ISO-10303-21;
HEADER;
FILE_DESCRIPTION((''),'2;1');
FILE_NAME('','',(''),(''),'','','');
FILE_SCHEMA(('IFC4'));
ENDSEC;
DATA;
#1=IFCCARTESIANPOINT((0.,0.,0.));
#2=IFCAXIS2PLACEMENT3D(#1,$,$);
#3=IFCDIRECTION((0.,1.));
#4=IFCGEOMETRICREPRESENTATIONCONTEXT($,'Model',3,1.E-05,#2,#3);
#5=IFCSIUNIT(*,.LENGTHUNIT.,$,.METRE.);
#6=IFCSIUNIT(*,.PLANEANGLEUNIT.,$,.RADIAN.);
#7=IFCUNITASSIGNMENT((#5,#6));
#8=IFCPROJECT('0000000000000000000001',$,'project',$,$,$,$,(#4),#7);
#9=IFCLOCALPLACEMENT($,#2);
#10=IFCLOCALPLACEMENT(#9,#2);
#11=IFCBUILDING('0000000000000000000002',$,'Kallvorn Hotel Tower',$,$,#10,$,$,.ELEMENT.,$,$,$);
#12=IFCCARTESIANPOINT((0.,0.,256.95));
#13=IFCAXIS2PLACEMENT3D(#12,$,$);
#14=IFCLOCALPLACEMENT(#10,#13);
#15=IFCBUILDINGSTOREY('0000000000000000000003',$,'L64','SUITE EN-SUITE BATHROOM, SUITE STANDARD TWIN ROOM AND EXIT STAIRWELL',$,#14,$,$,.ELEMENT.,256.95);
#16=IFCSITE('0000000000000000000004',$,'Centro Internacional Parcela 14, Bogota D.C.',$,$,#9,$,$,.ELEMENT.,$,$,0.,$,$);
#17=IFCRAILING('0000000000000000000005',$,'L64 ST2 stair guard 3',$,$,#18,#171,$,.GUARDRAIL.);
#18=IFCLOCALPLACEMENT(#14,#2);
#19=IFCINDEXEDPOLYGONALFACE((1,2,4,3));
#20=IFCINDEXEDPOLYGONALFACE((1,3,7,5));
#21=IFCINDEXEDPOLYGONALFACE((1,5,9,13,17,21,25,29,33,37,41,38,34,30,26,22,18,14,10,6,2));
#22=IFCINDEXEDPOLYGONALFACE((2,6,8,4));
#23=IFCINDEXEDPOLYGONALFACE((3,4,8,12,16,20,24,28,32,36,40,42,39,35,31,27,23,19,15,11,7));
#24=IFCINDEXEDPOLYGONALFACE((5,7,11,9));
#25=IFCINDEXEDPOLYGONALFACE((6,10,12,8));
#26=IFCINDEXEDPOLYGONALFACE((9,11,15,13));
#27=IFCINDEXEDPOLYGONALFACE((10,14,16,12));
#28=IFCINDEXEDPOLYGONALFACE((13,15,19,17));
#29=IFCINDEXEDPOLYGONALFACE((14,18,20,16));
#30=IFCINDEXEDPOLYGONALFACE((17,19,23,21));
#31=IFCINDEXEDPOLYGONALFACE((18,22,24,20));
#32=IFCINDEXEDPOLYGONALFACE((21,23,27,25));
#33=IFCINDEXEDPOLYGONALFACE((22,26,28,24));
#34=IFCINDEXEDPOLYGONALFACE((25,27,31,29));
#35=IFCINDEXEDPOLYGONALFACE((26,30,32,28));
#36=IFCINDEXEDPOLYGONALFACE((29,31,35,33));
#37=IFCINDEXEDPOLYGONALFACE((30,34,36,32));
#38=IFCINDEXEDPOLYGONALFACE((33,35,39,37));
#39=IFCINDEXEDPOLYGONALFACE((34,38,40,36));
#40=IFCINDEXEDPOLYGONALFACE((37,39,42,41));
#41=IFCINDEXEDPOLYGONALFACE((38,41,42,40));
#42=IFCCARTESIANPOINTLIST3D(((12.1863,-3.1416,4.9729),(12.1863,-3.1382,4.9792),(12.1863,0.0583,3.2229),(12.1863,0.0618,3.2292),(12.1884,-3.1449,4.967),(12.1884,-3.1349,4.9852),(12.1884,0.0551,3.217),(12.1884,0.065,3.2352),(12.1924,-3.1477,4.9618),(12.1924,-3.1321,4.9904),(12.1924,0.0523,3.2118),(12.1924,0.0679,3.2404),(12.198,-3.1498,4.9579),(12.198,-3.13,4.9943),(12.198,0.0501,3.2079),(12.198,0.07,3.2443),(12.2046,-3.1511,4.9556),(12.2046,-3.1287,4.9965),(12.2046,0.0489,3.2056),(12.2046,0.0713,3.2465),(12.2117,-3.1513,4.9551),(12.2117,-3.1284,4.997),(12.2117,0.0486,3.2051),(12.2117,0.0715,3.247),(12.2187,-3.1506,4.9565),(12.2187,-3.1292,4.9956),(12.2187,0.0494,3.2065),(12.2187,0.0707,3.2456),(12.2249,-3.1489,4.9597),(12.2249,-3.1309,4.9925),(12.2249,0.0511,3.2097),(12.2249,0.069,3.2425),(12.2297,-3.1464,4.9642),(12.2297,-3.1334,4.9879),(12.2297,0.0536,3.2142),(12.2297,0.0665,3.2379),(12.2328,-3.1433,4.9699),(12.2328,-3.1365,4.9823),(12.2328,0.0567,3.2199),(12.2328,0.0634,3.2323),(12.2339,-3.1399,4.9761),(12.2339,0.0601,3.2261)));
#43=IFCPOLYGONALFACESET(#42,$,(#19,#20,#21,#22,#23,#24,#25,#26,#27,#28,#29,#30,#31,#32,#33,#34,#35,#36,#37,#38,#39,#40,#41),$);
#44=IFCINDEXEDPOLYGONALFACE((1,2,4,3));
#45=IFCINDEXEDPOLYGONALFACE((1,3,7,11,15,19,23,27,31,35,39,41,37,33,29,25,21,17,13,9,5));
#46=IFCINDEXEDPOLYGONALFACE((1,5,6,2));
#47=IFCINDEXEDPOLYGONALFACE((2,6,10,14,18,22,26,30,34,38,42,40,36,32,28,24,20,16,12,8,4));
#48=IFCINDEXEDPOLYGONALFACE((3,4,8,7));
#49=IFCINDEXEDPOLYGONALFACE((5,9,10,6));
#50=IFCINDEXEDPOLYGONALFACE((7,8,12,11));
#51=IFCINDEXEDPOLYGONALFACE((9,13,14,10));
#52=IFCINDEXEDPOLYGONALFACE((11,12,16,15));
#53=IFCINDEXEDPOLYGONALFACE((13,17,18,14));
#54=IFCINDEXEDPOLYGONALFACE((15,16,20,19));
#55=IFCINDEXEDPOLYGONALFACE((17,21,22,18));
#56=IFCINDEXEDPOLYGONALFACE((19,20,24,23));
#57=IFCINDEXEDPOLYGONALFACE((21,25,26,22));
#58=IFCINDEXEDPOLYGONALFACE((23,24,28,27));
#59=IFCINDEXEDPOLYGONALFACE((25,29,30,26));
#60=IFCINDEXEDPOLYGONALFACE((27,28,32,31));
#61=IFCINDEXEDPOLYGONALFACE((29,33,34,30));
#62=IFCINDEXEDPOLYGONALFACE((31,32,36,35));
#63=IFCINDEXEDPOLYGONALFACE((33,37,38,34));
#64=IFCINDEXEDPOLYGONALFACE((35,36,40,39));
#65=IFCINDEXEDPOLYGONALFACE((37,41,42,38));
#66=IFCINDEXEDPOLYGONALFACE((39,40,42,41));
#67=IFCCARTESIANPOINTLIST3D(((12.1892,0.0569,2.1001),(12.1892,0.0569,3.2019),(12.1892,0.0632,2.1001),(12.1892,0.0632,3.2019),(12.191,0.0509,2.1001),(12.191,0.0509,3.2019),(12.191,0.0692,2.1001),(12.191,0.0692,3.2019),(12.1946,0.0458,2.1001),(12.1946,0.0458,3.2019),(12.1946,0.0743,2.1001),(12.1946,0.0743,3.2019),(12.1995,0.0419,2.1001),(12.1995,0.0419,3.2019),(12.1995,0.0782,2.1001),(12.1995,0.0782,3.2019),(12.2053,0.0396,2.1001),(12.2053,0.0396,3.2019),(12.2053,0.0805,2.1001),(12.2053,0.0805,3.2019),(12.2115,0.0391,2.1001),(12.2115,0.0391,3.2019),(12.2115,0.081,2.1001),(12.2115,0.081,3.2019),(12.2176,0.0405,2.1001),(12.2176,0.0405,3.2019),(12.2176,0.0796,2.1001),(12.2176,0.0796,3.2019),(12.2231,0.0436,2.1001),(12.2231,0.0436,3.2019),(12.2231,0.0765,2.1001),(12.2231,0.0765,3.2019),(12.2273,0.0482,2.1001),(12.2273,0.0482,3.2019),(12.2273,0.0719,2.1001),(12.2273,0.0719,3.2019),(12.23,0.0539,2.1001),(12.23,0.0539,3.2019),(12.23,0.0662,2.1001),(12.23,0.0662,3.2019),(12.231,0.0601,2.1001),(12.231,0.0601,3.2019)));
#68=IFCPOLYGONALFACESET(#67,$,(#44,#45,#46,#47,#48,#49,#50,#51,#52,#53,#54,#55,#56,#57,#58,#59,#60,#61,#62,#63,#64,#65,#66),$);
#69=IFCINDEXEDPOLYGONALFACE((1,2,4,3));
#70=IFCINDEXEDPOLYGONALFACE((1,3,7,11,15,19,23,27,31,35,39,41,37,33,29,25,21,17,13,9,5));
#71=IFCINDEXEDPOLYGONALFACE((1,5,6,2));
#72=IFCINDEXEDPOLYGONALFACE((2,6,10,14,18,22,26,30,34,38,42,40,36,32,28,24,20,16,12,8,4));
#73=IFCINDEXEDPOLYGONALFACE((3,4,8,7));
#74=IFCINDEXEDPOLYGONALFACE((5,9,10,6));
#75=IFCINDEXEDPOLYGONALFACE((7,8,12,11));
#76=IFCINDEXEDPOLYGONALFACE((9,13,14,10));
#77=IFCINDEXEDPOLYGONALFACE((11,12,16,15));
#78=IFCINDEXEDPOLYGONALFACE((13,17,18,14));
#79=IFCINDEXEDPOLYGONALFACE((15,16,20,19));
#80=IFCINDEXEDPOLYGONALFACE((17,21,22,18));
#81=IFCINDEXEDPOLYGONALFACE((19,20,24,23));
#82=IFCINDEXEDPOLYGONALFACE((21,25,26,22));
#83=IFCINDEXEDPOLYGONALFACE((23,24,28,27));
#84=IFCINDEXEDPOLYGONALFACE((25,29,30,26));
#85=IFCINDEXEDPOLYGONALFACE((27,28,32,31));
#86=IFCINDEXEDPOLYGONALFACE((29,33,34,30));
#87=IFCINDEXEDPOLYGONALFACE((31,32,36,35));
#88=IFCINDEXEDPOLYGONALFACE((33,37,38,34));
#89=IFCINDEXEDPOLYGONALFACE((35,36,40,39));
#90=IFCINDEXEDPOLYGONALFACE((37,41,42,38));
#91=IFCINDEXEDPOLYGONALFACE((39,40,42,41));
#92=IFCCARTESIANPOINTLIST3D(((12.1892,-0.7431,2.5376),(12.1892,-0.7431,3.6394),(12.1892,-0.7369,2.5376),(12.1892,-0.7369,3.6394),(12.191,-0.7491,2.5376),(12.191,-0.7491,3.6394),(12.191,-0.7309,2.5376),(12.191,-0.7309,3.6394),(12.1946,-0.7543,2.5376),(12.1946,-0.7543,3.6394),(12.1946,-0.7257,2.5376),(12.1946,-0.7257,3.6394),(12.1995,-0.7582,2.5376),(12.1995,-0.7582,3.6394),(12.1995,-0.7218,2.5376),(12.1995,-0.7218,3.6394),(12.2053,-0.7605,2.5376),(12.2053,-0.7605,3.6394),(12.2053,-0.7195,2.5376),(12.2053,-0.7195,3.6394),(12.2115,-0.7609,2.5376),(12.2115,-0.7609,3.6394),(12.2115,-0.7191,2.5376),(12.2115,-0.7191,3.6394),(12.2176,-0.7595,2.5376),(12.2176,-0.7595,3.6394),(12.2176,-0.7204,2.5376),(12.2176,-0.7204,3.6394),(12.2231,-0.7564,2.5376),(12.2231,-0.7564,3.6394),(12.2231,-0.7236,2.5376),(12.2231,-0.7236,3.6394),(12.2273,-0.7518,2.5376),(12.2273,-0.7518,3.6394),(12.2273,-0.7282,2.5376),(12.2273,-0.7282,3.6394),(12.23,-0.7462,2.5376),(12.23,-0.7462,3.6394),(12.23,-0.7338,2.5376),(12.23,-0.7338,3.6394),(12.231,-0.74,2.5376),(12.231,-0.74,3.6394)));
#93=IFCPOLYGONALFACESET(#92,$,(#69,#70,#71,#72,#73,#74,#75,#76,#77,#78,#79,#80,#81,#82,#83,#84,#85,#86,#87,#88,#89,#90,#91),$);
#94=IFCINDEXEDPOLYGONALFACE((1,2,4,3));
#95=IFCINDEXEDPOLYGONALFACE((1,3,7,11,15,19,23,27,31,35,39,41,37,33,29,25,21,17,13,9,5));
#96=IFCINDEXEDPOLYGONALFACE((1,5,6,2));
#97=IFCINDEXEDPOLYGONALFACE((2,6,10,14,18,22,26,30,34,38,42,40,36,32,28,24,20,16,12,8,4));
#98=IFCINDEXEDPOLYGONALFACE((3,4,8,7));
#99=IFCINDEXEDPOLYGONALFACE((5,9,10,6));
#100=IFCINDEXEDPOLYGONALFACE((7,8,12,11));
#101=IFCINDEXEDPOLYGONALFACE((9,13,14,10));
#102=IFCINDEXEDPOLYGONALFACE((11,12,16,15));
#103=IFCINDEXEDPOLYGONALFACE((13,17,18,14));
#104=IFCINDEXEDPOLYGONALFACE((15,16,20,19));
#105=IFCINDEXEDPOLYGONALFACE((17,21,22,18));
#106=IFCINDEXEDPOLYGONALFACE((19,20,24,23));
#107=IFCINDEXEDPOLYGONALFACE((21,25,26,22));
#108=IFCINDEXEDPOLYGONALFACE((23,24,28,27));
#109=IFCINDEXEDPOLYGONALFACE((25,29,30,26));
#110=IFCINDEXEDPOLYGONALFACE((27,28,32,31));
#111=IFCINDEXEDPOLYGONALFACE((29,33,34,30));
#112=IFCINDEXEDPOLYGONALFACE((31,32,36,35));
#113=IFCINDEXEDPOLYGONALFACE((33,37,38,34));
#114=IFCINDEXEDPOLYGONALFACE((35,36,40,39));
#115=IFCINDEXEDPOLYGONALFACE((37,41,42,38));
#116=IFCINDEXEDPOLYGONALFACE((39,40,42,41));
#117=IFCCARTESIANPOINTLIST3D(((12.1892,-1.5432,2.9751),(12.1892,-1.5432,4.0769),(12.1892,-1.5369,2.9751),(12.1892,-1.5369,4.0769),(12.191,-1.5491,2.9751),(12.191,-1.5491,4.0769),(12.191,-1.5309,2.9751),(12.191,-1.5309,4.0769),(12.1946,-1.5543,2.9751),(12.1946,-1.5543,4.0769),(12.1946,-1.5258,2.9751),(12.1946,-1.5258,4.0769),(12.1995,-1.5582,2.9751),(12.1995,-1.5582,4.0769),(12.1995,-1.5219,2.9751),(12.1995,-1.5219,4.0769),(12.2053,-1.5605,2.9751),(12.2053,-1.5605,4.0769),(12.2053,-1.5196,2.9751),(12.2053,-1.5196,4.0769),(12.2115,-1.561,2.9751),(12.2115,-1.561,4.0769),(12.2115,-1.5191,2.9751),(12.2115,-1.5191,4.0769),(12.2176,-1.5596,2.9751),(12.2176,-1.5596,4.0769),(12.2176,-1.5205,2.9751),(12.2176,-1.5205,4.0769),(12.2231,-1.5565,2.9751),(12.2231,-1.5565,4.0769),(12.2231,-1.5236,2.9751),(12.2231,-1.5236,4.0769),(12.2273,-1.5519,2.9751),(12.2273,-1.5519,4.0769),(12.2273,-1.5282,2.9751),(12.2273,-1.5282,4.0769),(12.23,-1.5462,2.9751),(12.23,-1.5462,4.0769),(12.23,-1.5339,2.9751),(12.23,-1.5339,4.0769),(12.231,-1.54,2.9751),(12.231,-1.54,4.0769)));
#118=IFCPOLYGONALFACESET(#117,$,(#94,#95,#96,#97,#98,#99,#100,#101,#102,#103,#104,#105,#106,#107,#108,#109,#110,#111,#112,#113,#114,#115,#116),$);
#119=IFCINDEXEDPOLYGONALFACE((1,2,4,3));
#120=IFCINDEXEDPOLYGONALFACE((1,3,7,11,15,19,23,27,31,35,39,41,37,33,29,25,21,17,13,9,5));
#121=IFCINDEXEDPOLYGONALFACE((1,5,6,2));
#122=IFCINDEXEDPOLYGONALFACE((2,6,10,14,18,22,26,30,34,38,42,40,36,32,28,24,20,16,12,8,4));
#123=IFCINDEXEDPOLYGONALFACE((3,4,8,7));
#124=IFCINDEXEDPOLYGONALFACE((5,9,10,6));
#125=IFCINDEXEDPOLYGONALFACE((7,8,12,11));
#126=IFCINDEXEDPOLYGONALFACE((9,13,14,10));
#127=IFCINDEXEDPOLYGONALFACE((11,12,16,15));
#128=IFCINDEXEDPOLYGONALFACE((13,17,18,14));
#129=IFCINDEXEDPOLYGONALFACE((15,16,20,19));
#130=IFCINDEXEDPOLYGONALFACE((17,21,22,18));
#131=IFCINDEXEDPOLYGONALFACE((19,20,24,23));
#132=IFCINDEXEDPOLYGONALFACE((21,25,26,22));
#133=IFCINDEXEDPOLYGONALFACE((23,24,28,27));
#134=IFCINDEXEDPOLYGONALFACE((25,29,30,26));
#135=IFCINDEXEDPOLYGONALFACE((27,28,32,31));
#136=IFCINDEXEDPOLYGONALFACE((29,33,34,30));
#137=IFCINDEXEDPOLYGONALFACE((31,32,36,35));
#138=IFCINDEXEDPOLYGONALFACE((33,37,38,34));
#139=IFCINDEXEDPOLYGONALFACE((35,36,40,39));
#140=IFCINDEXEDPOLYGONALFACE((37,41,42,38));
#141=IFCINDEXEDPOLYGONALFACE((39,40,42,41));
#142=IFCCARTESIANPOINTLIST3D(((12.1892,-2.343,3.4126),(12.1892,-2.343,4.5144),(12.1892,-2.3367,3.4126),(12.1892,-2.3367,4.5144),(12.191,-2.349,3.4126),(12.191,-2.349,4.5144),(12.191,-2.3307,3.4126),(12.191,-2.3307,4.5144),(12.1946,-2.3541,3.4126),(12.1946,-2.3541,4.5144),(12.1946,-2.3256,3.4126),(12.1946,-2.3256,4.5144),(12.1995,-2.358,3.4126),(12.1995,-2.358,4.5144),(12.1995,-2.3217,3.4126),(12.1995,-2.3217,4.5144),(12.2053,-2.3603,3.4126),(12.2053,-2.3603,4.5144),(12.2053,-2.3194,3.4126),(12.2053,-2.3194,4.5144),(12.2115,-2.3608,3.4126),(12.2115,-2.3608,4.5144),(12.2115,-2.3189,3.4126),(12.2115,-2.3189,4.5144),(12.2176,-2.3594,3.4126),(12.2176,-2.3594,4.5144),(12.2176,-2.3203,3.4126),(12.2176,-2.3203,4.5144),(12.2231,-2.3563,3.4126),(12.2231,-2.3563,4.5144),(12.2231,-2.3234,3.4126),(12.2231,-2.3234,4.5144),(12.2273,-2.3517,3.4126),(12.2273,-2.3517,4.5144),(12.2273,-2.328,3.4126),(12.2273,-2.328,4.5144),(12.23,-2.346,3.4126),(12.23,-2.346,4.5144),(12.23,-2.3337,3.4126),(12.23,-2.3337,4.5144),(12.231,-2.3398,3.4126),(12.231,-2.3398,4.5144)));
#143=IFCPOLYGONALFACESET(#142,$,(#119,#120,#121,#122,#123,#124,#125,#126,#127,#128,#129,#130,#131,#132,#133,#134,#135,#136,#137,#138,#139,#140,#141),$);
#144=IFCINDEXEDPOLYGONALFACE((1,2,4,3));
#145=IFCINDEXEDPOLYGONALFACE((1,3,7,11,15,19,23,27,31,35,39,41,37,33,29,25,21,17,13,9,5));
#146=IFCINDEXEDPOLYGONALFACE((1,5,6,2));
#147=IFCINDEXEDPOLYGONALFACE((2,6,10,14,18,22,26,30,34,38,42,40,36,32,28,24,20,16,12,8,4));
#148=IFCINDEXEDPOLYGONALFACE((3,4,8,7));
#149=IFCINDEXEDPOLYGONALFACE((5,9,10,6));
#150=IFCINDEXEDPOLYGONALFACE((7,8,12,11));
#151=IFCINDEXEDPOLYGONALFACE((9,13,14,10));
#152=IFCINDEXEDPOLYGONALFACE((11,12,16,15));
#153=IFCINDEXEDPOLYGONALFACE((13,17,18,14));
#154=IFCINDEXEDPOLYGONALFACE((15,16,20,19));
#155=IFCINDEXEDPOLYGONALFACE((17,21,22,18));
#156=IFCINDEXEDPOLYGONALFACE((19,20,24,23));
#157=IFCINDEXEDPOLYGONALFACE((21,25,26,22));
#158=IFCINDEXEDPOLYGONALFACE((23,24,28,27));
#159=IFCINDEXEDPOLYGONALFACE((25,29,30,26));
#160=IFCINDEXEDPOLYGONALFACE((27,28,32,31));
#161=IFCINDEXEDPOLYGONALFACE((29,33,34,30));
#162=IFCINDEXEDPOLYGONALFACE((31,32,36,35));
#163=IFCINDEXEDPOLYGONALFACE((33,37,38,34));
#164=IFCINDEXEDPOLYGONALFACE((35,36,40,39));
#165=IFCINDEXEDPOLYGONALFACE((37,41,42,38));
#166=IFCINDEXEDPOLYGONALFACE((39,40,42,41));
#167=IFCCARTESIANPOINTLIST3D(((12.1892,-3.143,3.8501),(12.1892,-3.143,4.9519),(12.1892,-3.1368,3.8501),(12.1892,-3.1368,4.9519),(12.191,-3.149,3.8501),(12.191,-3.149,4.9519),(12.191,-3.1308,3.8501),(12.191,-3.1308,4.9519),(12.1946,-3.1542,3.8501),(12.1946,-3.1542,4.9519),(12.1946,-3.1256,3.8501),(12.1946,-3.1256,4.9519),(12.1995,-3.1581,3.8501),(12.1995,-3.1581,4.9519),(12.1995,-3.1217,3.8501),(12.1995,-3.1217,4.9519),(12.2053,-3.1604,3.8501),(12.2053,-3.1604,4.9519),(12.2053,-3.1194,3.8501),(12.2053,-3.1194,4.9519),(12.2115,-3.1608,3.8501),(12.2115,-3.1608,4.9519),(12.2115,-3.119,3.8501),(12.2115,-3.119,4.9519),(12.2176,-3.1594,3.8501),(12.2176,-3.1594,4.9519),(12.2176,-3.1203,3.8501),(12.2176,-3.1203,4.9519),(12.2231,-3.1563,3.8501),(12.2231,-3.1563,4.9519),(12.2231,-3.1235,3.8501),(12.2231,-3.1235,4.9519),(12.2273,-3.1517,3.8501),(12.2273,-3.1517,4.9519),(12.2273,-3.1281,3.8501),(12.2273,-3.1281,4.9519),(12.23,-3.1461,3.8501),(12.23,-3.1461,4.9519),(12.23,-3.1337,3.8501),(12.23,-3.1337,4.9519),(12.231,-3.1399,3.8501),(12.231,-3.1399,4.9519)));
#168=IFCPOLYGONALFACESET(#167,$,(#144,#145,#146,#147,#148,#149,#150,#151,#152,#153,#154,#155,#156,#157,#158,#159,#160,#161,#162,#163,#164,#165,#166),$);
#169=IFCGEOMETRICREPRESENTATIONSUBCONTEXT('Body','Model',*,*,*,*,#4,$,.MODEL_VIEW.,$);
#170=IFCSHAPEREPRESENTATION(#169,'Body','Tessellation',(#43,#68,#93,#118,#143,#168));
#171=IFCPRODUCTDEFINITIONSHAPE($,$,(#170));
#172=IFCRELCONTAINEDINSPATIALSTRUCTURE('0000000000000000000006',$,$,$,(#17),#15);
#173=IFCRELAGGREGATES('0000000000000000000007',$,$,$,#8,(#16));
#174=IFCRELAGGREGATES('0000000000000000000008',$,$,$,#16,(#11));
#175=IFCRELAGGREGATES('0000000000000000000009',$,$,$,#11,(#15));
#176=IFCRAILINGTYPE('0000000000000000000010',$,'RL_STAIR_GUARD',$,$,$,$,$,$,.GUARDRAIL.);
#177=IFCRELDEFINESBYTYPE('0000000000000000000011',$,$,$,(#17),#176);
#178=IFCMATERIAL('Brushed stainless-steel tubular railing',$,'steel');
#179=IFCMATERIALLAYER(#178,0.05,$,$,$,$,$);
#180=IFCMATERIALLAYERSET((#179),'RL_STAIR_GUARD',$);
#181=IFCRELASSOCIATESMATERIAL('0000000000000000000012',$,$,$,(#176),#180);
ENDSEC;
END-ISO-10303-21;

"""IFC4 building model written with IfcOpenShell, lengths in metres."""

from ifc_helpers import new_model, si_unit, direction, frame, origin, origin_2d, place, context, subcontext, project, spatial, circle, extrude, material, layer, layer_set, type_object, element, save


model = new_model("IFC4")

# Units and contexts
model_context = context("Model", 3, precision=1e-05, world=origin(), true_north=direction((0.0, 1.0)))
body_context = subcontext(model_context, "Body", "Model", "MODEL_VIEW")
ifc_project = project(units=[si_unit("LENGTHUNIT", "METRE"), si_unit("PLANEANGLEUNIT", "RADIAN")], contexts=[model_context])

# Site, building, storey
site_placement = place(None, origin())
site = spatial("IfcSite", under=ifc_project, at=site_placement, Name="Centro Internacional Parcela 14, Bogota D.C.", CompositionType="ELEMENT", RefElevation=0.0)
building_placement = place(site_placement, origin())
building = spatial("IfcBuilding", under=site, at=building_placement, Name="Kallvorn Hotel Tower", CompositionType="ELEMENT")
storey_placement = place(building_placement, frame((0.0, 0.0, 256.95)))
storey = spatial("IfcBuildingStorey", under=building, at=storey_placement, Name="L64", Description="SUITE EN-SUITE BATHROOM, SUITE STANDARD TWIN ROOM AND EXIT STAIRWELL", CompositionType="ELEMENT", Elevation=256.95)

# Railing
ifc_material_1 = material(Name="Brushed stainless-steel tubular railing", Category="steel")
ifc_layer_1 = layer(ifc_material_1, 0.05)
ifc_layer_set_1 = layer_set([ifc_layer_1], Name="RL_STAIR_GUARD")
railing_type_1 = type_object("IfcRailingType", Name="RL_STAIR_GUARD", PredefinedType="GUARDRAIL", material=ifc_layer_set_1)
railing_1_placement = place(storey_placement, frame((12.21, 0.0601, 2.1001)))
element("IfcRailing", 1, at=railing_1_placement, inside=storey, type_object=railing_type_1, Name="L64 ST2 stair guard 3", PredefinedType="GUARDRAIL", context=body_context, shape_type="SweptSolid", body=[
    extrude(circle(Radius=0.0239, at=origin_2d()), frame((0.0, 0.0, 1.126), z_axis=(0.0, -0.877368, 0.479818), x_axis=(1.0, 0.0, 0.0)), (0.0, 0.0, 1.0), 3.6472),
    extrude(circle(Radius=0.021, at=origin_2d()), origin(), (0.0, 0.0, 1.0), 1.1018),
    extrude(circle(Radius=0.021, at=origin_2d()), frame((0.0, -0.8, 0.4375)), (0.0, 0.0, 1.0), 1.1018),
    extrude(circle(Radius=0.021, at=origin_2d()), frame((0.0, -1.6001, 0.875)), (0.0, 0.0, 1.0), 1.1018),
    extrude(circle(Radius=0.021, at=origin_2d()), frame((0.0, -2.3999, 1.3125)), (0.0, 0.0, 1.0), 1.1018),
    extrude(circle(Radius=0.021, at=origin_2d()), frame((0.0, -3.2, 1.75)), (0.0, 0.0, 1.0), 1.1018),
])

save(model, "model.ifc")
